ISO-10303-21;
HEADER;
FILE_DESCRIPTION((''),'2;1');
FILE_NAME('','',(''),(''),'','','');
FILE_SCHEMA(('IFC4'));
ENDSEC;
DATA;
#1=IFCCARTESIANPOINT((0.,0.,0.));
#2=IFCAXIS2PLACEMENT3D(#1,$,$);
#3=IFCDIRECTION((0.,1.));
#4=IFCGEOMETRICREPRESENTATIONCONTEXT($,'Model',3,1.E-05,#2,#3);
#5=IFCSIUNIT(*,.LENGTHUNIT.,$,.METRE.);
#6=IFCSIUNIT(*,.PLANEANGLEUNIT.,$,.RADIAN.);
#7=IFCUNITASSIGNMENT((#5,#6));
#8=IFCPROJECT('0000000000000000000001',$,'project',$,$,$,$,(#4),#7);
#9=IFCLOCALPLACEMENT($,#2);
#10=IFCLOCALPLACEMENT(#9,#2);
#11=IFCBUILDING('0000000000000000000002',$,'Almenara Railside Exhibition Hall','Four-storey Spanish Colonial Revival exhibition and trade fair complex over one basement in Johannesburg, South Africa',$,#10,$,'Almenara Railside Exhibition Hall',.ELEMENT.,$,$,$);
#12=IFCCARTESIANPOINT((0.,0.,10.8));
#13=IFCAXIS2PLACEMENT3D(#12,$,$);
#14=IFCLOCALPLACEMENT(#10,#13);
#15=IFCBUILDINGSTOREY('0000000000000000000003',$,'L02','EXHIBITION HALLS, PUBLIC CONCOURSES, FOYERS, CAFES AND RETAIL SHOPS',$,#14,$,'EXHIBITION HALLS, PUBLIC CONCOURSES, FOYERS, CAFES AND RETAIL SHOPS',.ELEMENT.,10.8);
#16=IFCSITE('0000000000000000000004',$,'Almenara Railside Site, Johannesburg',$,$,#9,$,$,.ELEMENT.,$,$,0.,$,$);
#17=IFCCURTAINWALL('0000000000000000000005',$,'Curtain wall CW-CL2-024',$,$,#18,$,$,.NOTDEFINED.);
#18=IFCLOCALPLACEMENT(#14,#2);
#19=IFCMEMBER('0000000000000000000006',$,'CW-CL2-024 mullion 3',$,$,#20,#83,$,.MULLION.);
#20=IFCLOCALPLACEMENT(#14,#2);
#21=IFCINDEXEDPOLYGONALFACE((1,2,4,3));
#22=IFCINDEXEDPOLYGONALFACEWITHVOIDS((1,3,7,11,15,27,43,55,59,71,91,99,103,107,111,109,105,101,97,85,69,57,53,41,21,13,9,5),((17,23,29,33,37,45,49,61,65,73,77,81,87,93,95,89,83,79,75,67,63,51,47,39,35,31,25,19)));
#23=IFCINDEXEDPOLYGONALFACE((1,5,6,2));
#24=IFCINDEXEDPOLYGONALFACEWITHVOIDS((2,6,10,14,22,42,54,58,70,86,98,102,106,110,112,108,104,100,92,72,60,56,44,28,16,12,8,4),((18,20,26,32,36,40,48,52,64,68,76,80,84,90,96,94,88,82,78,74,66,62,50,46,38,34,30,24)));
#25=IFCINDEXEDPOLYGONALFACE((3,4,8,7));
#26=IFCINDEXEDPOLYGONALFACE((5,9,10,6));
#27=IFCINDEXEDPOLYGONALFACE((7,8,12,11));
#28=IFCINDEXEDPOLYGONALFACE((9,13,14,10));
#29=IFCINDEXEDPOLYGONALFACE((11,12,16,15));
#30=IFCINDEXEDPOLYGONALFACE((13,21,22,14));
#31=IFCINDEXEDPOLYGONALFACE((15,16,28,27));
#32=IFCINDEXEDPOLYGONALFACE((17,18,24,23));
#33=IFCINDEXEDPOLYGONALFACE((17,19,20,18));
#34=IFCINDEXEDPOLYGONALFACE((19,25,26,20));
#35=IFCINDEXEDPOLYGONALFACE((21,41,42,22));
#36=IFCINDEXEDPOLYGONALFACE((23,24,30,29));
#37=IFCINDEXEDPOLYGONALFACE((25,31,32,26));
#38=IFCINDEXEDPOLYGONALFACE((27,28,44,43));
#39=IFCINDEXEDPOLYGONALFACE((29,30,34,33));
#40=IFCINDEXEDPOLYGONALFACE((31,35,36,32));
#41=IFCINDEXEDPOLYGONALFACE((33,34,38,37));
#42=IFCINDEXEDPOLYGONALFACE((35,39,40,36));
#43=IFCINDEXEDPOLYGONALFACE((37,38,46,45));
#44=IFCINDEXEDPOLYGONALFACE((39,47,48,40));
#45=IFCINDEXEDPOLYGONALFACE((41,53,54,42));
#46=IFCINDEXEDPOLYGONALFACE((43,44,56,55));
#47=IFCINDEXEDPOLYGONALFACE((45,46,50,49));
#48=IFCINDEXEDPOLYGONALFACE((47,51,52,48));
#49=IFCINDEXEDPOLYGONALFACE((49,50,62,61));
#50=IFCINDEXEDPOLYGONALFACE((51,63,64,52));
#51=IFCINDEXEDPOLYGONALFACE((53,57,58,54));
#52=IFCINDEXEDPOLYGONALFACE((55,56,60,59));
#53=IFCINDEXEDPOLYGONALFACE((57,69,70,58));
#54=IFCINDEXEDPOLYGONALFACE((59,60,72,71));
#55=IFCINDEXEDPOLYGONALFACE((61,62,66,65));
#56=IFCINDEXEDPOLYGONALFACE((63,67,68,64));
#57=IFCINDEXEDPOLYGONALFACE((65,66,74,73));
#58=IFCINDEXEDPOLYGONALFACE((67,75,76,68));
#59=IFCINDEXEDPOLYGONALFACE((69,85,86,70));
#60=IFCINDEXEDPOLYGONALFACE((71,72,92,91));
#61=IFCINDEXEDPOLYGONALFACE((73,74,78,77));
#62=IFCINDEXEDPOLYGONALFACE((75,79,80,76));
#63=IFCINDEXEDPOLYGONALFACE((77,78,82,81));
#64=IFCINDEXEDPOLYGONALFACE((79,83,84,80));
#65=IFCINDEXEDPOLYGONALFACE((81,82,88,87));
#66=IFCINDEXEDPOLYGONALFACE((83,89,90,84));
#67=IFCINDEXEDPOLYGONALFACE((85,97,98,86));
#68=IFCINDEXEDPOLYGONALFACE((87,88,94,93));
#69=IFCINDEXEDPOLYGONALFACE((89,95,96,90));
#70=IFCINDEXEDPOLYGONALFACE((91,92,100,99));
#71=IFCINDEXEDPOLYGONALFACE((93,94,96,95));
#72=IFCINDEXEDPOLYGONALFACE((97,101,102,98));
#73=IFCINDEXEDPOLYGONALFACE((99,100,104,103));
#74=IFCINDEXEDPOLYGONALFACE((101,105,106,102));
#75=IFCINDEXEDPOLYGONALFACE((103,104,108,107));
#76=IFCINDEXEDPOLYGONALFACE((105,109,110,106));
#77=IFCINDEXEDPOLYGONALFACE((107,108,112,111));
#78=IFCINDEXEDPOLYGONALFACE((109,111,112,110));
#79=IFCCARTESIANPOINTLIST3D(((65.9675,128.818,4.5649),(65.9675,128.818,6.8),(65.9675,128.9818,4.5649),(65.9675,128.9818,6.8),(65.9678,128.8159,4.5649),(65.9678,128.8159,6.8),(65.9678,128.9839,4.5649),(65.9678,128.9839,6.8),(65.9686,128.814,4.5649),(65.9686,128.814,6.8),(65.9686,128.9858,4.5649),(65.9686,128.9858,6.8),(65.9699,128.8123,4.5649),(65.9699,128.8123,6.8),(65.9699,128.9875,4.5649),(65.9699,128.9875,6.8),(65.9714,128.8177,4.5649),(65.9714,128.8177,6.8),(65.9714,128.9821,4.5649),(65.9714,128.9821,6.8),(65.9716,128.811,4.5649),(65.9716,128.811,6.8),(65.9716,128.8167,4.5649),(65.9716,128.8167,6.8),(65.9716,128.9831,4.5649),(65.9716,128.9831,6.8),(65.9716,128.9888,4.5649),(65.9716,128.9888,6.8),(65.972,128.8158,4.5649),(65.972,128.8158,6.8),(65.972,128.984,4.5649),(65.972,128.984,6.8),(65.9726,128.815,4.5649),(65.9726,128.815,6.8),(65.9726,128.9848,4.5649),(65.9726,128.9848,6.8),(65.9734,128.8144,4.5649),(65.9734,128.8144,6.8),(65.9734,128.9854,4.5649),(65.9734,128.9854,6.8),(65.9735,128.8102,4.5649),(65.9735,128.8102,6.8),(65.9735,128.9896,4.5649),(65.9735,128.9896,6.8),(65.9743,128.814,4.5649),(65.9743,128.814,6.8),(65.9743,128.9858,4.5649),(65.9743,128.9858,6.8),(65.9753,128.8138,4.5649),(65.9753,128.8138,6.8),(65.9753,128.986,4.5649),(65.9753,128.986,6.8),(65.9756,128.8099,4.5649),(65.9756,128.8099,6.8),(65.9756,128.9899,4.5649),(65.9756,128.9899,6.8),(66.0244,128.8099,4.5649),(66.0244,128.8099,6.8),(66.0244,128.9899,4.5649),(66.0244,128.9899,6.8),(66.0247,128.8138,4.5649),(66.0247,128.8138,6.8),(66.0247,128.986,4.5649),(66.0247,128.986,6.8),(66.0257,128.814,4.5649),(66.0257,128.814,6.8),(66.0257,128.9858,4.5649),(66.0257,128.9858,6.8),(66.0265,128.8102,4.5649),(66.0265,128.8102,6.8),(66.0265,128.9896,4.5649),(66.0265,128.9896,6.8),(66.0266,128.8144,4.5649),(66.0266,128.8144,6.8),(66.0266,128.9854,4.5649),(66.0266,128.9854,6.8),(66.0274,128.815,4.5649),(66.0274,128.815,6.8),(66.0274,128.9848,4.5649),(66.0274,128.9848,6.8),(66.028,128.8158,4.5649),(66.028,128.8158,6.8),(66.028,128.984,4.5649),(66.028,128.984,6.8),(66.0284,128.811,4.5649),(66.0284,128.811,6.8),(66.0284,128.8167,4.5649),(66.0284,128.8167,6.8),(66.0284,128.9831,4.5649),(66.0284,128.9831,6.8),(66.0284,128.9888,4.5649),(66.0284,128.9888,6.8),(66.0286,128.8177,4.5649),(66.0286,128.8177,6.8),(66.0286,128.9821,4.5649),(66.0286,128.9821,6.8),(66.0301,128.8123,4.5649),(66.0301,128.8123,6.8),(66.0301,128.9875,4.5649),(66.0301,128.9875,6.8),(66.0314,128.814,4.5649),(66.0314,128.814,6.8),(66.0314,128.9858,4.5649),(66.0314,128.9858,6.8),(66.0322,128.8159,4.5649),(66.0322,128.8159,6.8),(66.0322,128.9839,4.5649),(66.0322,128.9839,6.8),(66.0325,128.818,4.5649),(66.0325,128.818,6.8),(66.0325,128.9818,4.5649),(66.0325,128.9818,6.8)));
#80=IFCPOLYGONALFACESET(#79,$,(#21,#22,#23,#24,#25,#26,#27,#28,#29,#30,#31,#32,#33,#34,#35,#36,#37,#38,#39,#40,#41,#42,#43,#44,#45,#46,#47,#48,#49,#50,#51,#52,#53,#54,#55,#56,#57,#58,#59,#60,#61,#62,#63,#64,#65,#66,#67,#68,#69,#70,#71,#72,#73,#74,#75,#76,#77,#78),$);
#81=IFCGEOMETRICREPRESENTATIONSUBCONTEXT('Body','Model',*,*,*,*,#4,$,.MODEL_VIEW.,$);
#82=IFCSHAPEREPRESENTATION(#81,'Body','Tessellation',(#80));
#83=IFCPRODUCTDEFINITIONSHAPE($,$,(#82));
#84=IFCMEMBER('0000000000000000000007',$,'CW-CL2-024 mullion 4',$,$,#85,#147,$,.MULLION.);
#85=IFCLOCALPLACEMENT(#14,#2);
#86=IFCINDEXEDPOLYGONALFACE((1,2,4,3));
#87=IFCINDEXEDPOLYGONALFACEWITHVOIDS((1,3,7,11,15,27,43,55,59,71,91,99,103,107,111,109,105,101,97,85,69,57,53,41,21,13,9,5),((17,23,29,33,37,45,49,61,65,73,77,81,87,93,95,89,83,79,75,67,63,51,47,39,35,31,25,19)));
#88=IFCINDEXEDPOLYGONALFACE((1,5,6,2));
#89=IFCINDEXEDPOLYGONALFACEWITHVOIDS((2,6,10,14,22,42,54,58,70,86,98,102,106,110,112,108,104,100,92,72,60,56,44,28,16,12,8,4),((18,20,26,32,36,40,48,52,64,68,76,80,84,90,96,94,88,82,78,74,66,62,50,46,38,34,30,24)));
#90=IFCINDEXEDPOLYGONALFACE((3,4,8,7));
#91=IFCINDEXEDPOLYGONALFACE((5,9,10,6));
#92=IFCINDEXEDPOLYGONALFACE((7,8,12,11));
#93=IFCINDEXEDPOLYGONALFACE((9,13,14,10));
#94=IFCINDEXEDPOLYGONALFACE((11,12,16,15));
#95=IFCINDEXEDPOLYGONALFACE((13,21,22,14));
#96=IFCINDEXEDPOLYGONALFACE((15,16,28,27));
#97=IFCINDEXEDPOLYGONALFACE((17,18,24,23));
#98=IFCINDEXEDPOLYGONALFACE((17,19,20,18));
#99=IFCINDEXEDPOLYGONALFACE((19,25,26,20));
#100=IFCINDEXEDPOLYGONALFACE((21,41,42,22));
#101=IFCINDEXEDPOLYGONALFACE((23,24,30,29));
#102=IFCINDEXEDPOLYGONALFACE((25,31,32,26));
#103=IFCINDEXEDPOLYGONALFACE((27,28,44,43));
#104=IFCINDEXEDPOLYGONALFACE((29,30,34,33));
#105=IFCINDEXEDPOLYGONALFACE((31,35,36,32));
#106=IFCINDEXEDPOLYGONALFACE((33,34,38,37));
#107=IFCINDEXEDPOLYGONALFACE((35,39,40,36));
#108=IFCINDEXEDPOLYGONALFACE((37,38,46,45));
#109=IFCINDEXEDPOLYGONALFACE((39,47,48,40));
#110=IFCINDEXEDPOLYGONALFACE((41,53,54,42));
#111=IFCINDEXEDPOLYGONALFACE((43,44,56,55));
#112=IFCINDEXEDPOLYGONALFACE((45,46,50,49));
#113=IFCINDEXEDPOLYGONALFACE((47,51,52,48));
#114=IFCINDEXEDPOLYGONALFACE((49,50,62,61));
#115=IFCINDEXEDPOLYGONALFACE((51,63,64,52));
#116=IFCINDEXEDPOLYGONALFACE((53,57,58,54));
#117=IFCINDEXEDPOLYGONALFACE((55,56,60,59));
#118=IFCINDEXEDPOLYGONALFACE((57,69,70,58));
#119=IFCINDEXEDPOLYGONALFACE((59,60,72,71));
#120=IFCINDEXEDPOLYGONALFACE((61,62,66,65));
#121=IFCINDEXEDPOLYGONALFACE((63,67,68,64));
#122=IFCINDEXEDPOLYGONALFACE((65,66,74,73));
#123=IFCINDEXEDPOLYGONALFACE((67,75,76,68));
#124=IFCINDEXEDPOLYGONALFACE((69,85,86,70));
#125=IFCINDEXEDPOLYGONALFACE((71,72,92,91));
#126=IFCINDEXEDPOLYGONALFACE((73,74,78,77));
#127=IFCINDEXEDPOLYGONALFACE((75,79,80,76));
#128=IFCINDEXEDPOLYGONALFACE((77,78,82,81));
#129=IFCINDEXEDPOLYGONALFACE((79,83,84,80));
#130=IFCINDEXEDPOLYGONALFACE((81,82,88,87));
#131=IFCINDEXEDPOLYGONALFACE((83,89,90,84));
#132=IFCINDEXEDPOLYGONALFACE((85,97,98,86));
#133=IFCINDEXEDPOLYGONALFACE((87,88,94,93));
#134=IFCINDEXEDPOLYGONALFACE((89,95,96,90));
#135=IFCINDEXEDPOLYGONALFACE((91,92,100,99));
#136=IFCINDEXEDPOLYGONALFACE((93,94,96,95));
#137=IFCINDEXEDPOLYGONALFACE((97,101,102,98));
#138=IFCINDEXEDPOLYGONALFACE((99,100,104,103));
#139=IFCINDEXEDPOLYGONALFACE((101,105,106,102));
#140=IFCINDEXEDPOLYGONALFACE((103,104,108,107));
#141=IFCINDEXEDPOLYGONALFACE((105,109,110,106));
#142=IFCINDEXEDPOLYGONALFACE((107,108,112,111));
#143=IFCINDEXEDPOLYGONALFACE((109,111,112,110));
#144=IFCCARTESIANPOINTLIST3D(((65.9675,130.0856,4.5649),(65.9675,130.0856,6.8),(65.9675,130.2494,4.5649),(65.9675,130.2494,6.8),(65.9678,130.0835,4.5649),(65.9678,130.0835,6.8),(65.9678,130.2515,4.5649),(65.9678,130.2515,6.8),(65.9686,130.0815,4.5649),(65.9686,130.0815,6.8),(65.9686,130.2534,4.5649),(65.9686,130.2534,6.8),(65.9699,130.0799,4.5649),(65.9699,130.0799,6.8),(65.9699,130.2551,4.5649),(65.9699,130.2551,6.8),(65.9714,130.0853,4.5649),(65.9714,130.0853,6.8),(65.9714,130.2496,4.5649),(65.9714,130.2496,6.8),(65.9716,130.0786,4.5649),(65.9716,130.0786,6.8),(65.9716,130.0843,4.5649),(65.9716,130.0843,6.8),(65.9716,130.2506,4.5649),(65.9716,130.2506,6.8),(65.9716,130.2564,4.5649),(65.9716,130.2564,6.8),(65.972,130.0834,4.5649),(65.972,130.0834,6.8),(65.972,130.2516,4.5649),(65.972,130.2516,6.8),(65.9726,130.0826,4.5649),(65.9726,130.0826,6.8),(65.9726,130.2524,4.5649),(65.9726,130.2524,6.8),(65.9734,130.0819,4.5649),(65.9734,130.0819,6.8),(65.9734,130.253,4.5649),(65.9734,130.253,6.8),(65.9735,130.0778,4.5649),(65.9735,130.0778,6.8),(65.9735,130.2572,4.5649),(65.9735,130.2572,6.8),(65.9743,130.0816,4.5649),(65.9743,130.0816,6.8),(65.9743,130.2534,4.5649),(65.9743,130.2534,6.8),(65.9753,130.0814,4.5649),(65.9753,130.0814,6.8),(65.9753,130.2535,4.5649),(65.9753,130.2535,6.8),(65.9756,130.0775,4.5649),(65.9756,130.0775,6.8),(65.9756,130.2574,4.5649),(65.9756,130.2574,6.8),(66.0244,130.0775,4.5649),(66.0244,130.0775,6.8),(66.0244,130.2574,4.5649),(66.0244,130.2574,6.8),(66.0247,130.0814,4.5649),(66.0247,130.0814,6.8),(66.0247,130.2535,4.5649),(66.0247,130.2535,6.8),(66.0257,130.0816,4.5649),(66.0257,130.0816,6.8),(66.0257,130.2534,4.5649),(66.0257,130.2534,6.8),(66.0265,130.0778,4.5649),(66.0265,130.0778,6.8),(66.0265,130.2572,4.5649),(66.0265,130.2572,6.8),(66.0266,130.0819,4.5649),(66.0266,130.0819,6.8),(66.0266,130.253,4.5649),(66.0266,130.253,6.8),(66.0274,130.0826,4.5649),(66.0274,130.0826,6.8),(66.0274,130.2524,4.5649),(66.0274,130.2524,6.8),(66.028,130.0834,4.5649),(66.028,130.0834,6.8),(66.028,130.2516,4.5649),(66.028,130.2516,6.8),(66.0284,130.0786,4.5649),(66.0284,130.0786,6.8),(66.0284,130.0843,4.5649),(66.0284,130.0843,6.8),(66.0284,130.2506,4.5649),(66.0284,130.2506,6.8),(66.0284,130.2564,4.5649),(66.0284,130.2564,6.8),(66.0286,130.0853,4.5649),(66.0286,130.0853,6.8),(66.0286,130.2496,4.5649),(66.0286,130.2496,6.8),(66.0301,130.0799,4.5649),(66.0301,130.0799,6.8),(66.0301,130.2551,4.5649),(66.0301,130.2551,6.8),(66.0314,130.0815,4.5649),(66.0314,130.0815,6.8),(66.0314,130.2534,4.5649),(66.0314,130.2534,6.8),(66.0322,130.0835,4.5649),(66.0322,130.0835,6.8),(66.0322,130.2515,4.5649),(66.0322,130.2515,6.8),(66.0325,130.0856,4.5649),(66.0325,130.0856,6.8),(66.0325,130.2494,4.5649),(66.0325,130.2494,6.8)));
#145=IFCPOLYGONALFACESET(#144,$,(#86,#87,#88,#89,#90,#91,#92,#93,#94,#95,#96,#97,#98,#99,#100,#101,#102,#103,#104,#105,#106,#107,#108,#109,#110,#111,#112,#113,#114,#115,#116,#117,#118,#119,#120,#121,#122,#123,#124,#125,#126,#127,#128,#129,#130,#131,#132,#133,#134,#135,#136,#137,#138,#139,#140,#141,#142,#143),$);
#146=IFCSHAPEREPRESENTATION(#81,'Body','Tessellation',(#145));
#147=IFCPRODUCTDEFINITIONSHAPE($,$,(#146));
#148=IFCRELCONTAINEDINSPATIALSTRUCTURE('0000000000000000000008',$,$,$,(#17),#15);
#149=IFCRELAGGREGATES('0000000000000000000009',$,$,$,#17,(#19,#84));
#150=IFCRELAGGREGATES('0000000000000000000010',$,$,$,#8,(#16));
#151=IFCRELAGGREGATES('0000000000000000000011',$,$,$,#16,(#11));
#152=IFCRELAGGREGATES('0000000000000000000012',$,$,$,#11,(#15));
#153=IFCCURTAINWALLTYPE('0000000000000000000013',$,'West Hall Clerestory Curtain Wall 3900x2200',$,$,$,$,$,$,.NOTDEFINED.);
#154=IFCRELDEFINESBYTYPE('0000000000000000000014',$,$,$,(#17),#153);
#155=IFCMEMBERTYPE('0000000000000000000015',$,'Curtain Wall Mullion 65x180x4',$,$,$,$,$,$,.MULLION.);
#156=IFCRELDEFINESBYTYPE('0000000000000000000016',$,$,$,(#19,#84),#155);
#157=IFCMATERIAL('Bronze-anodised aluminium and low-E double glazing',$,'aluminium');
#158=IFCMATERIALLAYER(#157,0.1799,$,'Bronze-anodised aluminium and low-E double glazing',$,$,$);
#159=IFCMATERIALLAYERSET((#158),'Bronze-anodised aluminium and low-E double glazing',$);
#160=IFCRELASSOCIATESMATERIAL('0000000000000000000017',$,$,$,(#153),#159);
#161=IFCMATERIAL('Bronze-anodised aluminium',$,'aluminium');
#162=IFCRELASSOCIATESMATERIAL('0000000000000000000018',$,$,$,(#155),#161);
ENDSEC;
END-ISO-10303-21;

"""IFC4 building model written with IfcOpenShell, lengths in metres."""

from ifc_helpers import new_model, si_unit, direction, frame, origin, origin_2d, place, context, subcontext, project, spatial, hollow_rectangle, extrude, material, layer, layer_set, material_profile, profile_set, type_object, element, aggregate, save


model = new_model("IFC4")

# Units and contexts
model_context = context("Model", 3, precision=1e-05, world=origin(), true_north=direction((0.0, 1.0)))
body_context = subcontext(model_context, "Body", "Model", "MODEL_VIEW")
ifc_project = project(units=[si_unit("LENGTHUNIT", "METRE"), si_unit("PLANEANGLEUNIT", "RADIAN")], contexts=[model_context])

# Site, building, storey
site_placement = place(None, origin())
site = spatial("IfcSite", under=ifc_project, at=site_placement, Name="Almenara Railside Site, Johannesburg", CompositionType="ELEMENT", RefElevation=0.0)
building_placement = place(site_placement, origin())
building = spatial("IfcBuilding", under=site, at=building_placement, Name="Almenara Railside Exhibition Hall", Description="Four-storey Spanish Colonial Revival exhibition and trade fair complex over one basement in Johannesburg, South Africa", LongName="Almenara Railside Exhibition Hall", CompositionType="ELEMENT")
storey_placement = place(building_placement, frame((0.0, 0.0, 10.8)))
storey = spatial("IfcBuildingStorey", under=building, at=storey_placement, Name="L02", Description="EXHIBITION HALLS, PUBLIC CONCOURSES, FOYERS, CAFES AND RETAIL SHOPS", LongName="EXHIBITION HALLS, PUBLIC CONCOURSES, FOYERS, CAFES AND RETAIL SHOPS", CompositionType="ELEMENT", Elevation=10.8)

# Curtain wall, members
ifc_material_1 = material(Name="Bronze-anodised aluminium and low-E double glazing", Category="aluminium")
ifc_layer_1 = layer(ifc_material_1, 0.1799, Name="Bronze-anodised aluminium and low-E double glazing")
ifc_layer_set_1 = layer_set([ifc_layer_1], Name="Bronze-anodised aluminium and low-E double glazing")
curtain_wall_type = type_object("IfcCurtainWallType", Name="West Hall Clerestory Curtain Wall 3900x2200", PredefinedType="NOTDEFINED", material=ifc_layer_set_1)
curtain_wall_1_placement = place(storey_placement, origin())
curtain_wall_1 = element("IfcCurtainWall", 1, at=curtain_wall_1_placement, inside=storey, type_object=curtain_wall_type, Name="Curtain wall CW-CL2-024", PredefinedType="NOTDEFINED")
ifc_material_2 = material(Name="Bronze-anodised aluminium", Category="aluminium")
ifc_material_profile_1 = material_profile(ifc_material_2, hollow_rectangle(XDim=0.0649, YDim=0.1799, WallThickness=0.0039, InnerFilletRadius=0.0039, OuterFilletRadius=0.0081, at=origin_2d()), Name="ALU-MUL 65x180x4")
ifc_profile_set_1 = profile_set([ifc_material_profile_1], Name="Bronze-anodised aluminium")
member_type_1 = type_object("IfcMemberType", Name="Curtain Wall Mullion 65x180x4", PredefinedType="MULLION", material=ifc_profile_set_1)
member_1_placement = place(storey_placement, frame((66.0, 128.8999, 4.5649), z_axis=(0.0, 0.0, 1.0), x_axis=(-1.0, 0.0, 0.0)))
member_1 = element("IfcMember", 2, at=member_1_placement, type_object=member_type_1, Name="CW-CL2-024 mullion 3", PredefinedType="MULLION", context=body_context, shape_type="SweptSolid", body=[
    extrude(hollow_rectangle(XDim=0.0649, YDim=0.1799, WallThickness=0.0039, InnerFilletRadius=0.0039, OuterFilletRadius=0.0081, at=origin_2d()), origin(), (0.0, 0.0, 1.0), 2.2351),
])
member_2_placement = place(storey_placement, frame((66.0, 130.1675, 4.5649), z_axis=(0.0, 0.0, 1.0), x_axis=(-1.0, 0.0, 0.0)))
member_2 = element("IfcMember", 3, at=member_2_placement, type_object=member_type_1, Name="CW-CL2-024 mullion 4", PredefinedType="MULLION", context=body_context, shape_type="SweptSolid", body=[
    extrude(hollow_rectangle(XDim=0.0649, YDim=0.1799, WallThickness=0.0039, InnerFilletRadius=0.0039, OuterFilletRadius=0.0081, at=origin_2d()), origin(), (0.0, 0.0, 1.0), 2.2351),
])

aggregate(curtain_wall_1, [member_1, member_2])

save(model, "model.ifc")
